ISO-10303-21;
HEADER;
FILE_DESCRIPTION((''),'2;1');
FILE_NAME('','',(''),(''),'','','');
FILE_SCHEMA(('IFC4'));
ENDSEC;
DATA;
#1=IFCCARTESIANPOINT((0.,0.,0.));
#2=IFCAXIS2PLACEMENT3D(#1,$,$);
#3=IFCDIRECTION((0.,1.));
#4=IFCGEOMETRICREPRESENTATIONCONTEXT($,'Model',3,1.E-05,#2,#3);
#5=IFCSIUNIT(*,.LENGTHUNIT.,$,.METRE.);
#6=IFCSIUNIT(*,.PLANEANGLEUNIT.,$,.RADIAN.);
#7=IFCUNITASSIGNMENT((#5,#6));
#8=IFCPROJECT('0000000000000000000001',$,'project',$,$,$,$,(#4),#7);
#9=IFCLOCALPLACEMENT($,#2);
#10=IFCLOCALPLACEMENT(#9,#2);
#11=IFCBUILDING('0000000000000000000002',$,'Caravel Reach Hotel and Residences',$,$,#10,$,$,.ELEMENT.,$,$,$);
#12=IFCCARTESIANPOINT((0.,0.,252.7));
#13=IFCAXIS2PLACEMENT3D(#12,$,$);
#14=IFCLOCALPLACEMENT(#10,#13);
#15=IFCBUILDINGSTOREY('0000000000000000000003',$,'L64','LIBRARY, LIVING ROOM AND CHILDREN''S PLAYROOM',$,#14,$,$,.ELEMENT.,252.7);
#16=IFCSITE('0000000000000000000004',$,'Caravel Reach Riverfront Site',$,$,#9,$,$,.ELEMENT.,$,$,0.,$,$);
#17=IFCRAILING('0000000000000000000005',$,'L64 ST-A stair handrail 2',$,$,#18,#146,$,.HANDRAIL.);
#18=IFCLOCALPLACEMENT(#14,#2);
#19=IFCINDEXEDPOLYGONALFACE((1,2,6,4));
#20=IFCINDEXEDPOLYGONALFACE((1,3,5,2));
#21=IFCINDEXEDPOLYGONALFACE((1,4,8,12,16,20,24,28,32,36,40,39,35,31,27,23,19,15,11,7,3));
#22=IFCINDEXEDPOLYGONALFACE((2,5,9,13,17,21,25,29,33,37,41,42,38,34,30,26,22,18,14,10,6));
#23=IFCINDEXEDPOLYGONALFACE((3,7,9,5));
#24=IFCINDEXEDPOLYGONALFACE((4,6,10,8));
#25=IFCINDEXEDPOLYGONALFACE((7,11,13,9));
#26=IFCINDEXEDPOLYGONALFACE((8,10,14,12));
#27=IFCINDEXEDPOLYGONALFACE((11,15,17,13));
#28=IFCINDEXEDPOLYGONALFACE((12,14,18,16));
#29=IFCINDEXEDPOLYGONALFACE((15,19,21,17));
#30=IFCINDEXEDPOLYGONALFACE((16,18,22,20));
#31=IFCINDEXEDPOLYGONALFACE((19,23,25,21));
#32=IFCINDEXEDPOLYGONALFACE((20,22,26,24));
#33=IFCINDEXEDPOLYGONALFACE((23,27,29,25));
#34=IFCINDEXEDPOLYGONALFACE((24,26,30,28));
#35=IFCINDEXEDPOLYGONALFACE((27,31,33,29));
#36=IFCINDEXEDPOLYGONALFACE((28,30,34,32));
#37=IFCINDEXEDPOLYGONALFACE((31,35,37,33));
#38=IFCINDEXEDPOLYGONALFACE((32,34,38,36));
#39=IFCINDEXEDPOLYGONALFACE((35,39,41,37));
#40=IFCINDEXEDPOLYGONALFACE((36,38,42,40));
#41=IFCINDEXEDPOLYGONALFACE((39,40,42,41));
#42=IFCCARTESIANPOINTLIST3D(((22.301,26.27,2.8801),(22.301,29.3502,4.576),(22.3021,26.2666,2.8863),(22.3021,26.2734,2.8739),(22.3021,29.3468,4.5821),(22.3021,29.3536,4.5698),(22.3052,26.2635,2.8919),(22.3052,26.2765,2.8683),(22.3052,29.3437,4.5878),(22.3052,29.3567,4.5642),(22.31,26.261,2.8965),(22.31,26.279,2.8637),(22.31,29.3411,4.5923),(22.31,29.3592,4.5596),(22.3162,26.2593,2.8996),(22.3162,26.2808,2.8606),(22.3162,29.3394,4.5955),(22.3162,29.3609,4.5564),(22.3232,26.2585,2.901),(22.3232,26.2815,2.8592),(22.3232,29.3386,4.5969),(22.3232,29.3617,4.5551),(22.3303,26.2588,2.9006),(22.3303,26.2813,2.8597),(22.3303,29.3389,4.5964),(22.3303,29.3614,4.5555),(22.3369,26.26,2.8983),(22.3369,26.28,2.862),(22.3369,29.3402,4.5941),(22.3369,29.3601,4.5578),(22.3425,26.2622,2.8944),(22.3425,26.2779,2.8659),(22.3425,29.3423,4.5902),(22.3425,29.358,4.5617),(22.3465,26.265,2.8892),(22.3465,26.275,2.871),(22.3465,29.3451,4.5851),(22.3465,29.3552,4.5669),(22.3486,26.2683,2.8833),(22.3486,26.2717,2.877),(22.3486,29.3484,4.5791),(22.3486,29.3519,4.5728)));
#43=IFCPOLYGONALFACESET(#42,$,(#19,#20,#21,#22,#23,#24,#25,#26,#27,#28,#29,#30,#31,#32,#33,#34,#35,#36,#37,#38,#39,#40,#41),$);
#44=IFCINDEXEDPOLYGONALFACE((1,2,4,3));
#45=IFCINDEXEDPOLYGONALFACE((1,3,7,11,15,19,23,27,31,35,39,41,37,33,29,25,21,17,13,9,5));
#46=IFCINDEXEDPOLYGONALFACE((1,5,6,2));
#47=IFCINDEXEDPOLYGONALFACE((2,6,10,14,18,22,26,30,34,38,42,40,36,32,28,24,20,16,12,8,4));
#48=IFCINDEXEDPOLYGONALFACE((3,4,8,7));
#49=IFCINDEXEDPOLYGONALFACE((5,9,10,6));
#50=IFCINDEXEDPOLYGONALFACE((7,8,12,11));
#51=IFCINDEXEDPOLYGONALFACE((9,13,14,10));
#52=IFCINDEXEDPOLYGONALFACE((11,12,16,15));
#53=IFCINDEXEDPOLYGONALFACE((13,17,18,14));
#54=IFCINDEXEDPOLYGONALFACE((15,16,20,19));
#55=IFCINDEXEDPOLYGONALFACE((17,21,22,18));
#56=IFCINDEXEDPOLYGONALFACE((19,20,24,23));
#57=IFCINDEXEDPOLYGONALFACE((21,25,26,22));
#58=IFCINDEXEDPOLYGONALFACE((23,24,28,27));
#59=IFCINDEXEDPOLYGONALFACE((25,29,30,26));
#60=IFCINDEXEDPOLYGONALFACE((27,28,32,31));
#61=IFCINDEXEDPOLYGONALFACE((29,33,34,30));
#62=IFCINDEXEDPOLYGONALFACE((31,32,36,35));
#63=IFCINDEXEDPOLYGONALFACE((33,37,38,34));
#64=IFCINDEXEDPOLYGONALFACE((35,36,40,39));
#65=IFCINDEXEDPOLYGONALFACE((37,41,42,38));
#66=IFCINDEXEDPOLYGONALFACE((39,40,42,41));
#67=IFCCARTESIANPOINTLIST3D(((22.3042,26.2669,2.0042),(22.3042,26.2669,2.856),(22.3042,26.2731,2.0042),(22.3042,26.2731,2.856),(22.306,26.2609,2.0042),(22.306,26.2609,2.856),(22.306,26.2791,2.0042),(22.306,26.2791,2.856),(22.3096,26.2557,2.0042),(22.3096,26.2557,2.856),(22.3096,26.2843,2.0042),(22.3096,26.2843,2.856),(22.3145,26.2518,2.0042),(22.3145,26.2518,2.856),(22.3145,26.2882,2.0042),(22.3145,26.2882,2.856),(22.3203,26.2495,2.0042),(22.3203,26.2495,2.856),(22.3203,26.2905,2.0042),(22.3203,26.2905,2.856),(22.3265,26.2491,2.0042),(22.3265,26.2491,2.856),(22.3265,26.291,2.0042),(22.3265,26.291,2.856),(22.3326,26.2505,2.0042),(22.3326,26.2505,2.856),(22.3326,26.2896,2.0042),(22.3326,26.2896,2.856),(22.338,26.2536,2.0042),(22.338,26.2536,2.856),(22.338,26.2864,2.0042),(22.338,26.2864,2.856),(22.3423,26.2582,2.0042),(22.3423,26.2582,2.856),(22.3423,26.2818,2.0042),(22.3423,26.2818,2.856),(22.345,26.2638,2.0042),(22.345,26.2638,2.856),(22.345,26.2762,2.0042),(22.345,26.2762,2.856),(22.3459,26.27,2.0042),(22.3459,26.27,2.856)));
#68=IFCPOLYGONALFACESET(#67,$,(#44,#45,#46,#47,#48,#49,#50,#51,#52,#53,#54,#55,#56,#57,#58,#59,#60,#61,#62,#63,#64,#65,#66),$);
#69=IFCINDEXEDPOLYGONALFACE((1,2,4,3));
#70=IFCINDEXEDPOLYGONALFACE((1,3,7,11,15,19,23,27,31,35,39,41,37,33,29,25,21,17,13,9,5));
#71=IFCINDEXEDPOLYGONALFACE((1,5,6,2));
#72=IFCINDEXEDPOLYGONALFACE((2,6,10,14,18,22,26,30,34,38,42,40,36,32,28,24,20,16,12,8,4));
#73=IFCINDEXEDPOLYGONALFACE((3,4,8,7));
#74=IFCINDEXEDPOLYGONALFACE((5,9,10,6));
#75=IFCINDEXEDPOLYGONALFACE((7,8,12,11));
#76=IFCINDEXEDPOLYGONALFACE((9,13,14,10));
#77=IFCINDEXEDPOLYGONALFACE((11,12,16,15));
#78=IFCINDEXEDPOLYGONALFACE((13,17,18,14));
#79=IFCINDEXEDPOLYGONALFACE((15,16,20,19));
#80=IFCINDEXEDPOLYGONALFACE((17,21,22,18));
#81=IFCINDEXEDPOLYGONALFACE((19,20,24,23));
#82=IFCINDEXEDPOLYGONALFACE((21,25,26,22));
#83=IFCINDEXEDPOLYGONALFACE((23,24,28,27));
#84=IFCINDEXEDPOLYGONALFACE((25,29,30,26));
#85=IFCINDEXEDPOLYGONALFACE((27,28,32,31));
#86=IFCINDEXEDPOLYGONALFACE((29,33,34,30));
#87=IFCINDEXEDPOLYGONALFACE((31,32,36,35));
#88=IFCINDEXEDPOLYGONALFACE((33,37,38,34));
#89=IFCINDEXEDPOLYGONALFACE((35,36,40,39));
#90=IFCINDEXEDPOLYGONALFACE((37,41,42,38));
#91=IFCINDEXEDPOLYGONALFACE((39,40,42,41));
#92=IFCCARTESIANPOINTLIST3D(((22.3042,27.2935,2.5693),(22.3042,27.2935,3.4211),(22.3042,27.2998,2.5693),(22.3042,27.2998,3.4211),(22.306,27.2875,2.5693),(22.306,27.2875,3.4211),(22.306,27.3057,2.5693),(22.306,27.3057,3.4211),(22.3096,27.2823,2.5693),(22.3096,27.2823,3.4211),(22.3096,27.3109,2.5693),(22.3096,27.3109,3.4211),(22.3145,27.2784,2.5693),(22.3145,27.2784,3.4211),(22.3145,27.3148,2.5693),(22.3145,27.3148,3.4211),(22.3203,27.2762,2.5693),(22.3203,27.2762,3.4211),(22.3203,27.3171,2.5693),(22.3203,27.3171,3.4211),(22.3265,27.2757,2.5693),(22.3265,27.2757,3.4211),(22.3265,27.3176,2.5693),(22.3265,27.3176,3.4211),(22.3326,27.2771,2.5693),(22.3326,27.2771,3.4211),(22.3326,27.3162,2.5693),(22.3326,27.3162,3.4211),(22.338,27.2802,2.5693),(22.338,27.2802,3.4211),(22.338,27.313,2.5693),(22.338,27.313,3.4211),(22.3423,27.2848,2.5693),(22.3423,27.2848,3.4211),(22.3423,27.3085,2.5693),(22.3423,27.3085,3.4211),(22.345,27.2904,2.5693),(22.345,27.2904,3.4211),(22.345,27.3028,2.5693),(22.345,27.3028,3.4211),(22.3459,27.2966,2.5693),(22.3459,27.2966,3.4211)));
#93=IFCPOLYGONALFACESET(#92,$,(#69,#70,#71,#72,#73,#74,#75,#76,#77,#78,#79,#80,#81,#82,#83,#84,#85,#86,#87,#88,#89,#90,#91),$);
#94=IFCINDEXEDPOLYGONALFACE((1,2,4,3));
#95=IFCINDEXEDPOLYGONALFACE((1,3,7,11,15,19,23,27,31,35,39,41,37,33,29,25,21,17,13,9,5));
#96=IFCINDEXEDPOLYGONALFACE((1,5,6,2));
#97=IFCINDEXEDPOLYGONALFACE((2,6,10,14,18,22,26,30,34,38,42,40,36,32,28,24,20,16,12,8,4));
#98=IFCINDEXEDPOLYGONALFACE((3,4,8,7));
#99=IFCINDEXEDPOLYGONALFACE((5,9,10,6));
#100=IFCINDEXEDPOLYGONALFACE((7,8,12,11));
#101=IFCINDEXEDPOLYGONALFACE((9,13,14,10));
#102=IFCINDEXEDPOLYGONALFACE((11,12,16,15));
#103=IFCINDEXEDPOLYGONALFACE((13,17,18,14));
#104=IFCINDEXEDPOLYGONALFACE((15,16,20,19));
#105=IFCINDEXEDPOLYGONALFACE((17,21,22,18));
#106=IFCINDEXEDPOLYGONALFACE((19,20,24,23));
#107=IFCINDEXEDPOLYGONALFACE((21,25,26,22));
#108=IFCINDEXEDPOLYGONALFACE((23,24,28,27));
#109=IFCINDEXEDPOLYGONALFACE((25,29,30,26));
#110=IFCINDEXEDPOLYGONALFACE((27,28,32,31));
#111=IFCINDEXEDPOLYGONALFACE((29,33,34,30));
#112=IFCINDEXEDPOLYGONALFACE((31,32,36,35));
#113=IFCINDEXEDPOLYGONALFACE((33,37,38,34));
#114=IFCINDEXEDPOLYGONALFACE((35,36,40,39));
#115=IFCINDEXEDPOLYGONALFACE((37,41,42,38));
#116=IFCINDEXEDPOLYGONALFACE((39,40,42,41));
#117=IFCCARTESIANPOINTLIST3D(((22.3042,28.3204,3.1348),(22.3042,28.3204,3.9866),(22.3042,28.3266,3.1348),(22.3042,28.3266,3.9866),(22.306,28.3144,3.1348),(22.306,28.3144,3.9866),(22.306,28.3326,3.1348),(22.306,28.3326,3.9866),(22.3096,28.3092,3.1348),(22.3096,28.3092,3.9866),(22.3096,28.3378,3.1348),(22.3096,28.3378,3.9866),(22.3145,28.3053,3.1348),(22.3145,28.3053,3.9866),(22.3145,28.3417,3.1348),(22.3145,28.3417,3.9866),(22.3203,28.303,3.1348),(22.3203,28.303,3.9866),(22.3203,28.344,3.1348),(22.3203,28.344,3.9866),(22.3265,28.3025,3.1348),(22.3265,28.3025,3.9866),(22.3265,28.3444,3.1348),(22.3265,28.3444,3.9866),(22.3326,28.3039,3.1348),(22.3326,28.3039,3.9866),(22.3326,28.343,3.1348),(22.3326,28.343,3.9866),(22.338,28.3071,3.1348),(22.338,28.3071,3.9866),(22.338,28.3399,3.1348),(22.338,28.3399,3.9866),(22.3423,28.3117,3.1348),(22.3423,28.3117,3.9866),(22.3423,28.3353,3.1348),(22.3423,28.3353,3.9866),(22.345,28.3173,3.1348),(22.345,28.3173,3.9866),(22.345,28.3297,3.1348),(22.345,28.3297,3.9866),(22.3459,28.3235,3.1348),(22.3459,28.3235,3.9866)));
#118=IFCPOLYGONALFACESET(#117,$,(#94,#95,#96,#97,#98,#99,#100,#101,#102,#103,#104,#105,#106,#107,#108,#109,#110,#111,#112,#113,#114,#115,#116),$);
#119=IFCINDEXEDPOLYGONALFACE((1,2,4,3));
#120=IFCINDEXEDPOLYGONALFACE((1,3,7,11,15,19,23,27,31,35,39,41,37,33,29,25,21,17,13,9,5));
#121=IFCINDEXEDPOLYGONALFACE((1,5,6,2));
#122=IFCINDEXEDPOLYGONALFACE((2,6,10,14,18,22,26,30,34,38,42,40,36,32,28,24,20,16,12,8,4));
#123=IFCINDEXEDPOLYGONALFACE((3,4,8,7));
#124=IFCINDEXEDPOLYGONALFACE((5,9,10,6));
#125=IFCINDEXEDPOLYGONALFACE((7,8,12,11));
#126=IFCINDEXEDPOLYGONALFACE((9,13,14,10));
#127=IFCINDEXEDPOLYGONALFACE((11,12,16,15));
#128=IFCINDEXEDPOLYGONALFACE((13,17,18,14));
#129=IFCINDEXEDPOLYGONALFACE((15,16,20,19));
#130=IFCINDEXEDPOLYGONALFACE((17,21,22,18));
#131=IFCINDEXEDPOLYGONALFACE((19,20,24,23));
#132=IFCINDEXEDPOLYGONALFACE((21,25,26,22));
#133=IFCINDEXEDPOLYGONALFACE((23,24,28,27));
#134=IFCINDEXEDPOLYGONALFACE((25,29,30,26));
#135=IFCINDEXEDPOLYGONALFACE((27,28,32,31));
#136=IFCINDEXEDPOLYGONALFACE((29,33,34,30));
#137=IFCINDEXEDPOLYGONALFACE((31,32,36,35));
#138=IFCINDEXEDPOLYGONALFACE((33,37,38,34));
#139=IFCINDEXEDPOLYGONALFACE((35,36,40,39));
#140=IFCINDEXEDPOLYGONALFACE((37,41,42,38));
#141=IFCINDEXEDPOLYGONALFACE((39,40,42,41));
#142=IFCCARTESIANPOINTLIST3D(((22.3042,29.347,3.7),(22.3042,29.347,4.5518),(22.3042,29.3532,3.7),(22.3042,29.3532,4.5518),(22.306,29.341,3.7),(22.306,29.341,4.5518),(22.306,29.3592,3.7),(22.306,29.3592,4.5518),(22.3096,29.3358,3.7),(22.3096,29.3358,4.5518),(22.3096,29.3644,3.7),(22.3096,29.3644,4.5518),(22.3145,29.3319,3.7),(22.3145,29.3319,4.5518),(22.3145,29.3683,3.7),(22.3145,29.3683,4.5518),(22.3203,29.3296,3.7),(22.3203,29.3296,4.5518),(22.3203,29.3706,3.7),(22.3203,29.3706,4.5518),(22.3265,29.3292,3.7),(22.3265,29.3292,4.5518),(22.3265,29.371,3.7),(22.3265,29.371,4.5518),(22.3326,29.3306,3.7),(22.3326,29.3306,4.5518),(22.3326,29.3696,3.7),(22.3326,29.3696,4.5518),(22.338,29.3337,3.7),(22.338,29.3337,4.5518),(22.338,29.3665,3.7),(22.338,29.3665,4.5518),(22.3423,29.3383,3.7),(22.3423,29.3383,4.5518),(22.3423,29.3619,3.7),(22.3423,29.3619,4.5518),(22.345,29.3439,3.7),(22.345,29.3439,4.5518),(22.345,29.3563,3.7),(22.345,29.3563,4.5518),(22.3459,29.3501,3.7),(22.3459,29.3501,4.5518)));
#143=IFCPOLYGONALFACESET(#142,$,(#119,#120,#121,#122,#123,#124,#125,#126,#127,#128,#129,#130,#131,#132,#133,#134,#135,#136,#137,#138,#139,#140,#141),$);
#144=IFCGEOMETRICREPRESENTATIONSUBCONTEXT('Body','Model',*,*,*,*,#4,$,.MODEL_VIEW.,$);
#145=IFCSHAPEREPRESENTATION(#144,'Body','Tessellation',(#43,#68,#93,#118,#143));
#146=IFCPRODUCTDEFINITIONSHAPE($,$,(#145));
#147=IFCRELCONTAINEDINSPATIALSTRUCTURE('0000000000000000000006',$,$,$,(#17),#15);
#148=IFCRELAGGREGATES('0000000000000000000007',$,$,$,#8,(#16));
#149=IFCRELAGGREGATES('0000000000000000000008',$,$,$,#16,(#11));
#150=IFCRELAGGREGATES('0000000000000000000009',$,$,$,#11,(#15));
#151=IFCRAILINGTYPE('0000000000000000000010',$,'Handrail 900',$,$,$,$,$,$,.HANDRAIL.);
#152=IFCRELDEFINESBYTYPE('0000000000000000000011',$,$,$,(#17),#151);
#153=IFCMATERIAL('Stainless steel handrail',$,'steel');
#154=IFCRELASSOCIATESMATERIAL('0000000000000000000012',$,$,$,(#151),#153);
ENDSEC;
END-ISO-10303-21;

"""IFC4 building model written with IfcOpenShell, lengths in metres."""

from ifc_helpers import new_model, si_unit, direction, frame, origin, origin_2d, place, context, subcontext, project, spatial, circle, extrude, material, type_object, element, save


model = new_model("IFC4")

# Units and contexts
model_context = context("Model", 3, precision=1e-05, world=origin(), true_north=direction((0.0, 1.0)))
body_context = subcontext(model_context, "Body", "Model", "MODEL_VIEW")
ifc_project = project(units=[si_unit("LENGTHUNIT", "METRE"), si_unit("PLANEANGLEUNIT", "RADIAN")], contexts=[model_context])

# Site, building, storey
site_placement = place(None, origin())
site = spatial("IfcSite", under=ifc_project, at=site_placement, Name="Caravel Reach Riverfront Site", CompositionType="ELEMENT", RefElevation=0.0)
building_placement = place(site_placement, origin())
building = spatial("IfcBuilding", under=site, at=building_placement, Name="Caravel Reach Hotel and Residences", CompositionType="ELEMENT")
storey_placement = place(building_placement, frame((0.0, 0.0, 252.7)))
storey = spatial("IfcBuildingStorey", under=building, at=storey_placement, Name="L64", Description="LIBRARY, LIVING ROOM AND CHILDREN'S PLAYROOM", CompositionType="ELEMENT", Elevation=252.7)

# Railing
ifc_material_1 = material(Name="Stainless steel handrail", Category="steel")
railing_type_1 = type_object("IfcRailingType", Name="Handrail 900", PredefinedType="HANDRAIL", material=ifc_material_1)
railing_1_placement = place(storey_placement, frame((22.325, 26.27, 2.0042)))
element("IfcRailing", 1, at=railing_1_placement, inside=storey, type_object=railing_type_1, Name="L64 ST-A stair handrail 2", PredefinedType="HANDRAIL", context=body_context, shape_type="SweptSolid", body=[
    extrude(circle(Radius=0.0239, at=origin_2d()), frame((0.0, 0.0, 0.876), z_axis=(0.0, 0.876005, 0.482303), x_axis=(-1.0, 0.0, 0.0)), (0.0, 0.0, 1.0), 3.5161),
    extrude(circle(Radius=0.021, at=origin_2d()), origin(), (0.0, 0.0, 1.0), 0.8518),
    extrude(circle(Radius=0.021, at=origin_2d()), frame((0.0, 1.0266, 0.5652)), (0.0, 0.0, 1.0), 0.8518),
    extrude(circle(Radius=0.021, at=origin_2d()), frame((0.0, 2.0535, 1.1306)), (0.0, 0.0, 1.0), 0.8518),
    extrude(circle(Radius=0.021, at=origin_2d()), frame((0.0, 3.0801, 1.6958)), (0.0, 0.0, 1.0), 0.8518),
])

save(model, "model.ifc")
